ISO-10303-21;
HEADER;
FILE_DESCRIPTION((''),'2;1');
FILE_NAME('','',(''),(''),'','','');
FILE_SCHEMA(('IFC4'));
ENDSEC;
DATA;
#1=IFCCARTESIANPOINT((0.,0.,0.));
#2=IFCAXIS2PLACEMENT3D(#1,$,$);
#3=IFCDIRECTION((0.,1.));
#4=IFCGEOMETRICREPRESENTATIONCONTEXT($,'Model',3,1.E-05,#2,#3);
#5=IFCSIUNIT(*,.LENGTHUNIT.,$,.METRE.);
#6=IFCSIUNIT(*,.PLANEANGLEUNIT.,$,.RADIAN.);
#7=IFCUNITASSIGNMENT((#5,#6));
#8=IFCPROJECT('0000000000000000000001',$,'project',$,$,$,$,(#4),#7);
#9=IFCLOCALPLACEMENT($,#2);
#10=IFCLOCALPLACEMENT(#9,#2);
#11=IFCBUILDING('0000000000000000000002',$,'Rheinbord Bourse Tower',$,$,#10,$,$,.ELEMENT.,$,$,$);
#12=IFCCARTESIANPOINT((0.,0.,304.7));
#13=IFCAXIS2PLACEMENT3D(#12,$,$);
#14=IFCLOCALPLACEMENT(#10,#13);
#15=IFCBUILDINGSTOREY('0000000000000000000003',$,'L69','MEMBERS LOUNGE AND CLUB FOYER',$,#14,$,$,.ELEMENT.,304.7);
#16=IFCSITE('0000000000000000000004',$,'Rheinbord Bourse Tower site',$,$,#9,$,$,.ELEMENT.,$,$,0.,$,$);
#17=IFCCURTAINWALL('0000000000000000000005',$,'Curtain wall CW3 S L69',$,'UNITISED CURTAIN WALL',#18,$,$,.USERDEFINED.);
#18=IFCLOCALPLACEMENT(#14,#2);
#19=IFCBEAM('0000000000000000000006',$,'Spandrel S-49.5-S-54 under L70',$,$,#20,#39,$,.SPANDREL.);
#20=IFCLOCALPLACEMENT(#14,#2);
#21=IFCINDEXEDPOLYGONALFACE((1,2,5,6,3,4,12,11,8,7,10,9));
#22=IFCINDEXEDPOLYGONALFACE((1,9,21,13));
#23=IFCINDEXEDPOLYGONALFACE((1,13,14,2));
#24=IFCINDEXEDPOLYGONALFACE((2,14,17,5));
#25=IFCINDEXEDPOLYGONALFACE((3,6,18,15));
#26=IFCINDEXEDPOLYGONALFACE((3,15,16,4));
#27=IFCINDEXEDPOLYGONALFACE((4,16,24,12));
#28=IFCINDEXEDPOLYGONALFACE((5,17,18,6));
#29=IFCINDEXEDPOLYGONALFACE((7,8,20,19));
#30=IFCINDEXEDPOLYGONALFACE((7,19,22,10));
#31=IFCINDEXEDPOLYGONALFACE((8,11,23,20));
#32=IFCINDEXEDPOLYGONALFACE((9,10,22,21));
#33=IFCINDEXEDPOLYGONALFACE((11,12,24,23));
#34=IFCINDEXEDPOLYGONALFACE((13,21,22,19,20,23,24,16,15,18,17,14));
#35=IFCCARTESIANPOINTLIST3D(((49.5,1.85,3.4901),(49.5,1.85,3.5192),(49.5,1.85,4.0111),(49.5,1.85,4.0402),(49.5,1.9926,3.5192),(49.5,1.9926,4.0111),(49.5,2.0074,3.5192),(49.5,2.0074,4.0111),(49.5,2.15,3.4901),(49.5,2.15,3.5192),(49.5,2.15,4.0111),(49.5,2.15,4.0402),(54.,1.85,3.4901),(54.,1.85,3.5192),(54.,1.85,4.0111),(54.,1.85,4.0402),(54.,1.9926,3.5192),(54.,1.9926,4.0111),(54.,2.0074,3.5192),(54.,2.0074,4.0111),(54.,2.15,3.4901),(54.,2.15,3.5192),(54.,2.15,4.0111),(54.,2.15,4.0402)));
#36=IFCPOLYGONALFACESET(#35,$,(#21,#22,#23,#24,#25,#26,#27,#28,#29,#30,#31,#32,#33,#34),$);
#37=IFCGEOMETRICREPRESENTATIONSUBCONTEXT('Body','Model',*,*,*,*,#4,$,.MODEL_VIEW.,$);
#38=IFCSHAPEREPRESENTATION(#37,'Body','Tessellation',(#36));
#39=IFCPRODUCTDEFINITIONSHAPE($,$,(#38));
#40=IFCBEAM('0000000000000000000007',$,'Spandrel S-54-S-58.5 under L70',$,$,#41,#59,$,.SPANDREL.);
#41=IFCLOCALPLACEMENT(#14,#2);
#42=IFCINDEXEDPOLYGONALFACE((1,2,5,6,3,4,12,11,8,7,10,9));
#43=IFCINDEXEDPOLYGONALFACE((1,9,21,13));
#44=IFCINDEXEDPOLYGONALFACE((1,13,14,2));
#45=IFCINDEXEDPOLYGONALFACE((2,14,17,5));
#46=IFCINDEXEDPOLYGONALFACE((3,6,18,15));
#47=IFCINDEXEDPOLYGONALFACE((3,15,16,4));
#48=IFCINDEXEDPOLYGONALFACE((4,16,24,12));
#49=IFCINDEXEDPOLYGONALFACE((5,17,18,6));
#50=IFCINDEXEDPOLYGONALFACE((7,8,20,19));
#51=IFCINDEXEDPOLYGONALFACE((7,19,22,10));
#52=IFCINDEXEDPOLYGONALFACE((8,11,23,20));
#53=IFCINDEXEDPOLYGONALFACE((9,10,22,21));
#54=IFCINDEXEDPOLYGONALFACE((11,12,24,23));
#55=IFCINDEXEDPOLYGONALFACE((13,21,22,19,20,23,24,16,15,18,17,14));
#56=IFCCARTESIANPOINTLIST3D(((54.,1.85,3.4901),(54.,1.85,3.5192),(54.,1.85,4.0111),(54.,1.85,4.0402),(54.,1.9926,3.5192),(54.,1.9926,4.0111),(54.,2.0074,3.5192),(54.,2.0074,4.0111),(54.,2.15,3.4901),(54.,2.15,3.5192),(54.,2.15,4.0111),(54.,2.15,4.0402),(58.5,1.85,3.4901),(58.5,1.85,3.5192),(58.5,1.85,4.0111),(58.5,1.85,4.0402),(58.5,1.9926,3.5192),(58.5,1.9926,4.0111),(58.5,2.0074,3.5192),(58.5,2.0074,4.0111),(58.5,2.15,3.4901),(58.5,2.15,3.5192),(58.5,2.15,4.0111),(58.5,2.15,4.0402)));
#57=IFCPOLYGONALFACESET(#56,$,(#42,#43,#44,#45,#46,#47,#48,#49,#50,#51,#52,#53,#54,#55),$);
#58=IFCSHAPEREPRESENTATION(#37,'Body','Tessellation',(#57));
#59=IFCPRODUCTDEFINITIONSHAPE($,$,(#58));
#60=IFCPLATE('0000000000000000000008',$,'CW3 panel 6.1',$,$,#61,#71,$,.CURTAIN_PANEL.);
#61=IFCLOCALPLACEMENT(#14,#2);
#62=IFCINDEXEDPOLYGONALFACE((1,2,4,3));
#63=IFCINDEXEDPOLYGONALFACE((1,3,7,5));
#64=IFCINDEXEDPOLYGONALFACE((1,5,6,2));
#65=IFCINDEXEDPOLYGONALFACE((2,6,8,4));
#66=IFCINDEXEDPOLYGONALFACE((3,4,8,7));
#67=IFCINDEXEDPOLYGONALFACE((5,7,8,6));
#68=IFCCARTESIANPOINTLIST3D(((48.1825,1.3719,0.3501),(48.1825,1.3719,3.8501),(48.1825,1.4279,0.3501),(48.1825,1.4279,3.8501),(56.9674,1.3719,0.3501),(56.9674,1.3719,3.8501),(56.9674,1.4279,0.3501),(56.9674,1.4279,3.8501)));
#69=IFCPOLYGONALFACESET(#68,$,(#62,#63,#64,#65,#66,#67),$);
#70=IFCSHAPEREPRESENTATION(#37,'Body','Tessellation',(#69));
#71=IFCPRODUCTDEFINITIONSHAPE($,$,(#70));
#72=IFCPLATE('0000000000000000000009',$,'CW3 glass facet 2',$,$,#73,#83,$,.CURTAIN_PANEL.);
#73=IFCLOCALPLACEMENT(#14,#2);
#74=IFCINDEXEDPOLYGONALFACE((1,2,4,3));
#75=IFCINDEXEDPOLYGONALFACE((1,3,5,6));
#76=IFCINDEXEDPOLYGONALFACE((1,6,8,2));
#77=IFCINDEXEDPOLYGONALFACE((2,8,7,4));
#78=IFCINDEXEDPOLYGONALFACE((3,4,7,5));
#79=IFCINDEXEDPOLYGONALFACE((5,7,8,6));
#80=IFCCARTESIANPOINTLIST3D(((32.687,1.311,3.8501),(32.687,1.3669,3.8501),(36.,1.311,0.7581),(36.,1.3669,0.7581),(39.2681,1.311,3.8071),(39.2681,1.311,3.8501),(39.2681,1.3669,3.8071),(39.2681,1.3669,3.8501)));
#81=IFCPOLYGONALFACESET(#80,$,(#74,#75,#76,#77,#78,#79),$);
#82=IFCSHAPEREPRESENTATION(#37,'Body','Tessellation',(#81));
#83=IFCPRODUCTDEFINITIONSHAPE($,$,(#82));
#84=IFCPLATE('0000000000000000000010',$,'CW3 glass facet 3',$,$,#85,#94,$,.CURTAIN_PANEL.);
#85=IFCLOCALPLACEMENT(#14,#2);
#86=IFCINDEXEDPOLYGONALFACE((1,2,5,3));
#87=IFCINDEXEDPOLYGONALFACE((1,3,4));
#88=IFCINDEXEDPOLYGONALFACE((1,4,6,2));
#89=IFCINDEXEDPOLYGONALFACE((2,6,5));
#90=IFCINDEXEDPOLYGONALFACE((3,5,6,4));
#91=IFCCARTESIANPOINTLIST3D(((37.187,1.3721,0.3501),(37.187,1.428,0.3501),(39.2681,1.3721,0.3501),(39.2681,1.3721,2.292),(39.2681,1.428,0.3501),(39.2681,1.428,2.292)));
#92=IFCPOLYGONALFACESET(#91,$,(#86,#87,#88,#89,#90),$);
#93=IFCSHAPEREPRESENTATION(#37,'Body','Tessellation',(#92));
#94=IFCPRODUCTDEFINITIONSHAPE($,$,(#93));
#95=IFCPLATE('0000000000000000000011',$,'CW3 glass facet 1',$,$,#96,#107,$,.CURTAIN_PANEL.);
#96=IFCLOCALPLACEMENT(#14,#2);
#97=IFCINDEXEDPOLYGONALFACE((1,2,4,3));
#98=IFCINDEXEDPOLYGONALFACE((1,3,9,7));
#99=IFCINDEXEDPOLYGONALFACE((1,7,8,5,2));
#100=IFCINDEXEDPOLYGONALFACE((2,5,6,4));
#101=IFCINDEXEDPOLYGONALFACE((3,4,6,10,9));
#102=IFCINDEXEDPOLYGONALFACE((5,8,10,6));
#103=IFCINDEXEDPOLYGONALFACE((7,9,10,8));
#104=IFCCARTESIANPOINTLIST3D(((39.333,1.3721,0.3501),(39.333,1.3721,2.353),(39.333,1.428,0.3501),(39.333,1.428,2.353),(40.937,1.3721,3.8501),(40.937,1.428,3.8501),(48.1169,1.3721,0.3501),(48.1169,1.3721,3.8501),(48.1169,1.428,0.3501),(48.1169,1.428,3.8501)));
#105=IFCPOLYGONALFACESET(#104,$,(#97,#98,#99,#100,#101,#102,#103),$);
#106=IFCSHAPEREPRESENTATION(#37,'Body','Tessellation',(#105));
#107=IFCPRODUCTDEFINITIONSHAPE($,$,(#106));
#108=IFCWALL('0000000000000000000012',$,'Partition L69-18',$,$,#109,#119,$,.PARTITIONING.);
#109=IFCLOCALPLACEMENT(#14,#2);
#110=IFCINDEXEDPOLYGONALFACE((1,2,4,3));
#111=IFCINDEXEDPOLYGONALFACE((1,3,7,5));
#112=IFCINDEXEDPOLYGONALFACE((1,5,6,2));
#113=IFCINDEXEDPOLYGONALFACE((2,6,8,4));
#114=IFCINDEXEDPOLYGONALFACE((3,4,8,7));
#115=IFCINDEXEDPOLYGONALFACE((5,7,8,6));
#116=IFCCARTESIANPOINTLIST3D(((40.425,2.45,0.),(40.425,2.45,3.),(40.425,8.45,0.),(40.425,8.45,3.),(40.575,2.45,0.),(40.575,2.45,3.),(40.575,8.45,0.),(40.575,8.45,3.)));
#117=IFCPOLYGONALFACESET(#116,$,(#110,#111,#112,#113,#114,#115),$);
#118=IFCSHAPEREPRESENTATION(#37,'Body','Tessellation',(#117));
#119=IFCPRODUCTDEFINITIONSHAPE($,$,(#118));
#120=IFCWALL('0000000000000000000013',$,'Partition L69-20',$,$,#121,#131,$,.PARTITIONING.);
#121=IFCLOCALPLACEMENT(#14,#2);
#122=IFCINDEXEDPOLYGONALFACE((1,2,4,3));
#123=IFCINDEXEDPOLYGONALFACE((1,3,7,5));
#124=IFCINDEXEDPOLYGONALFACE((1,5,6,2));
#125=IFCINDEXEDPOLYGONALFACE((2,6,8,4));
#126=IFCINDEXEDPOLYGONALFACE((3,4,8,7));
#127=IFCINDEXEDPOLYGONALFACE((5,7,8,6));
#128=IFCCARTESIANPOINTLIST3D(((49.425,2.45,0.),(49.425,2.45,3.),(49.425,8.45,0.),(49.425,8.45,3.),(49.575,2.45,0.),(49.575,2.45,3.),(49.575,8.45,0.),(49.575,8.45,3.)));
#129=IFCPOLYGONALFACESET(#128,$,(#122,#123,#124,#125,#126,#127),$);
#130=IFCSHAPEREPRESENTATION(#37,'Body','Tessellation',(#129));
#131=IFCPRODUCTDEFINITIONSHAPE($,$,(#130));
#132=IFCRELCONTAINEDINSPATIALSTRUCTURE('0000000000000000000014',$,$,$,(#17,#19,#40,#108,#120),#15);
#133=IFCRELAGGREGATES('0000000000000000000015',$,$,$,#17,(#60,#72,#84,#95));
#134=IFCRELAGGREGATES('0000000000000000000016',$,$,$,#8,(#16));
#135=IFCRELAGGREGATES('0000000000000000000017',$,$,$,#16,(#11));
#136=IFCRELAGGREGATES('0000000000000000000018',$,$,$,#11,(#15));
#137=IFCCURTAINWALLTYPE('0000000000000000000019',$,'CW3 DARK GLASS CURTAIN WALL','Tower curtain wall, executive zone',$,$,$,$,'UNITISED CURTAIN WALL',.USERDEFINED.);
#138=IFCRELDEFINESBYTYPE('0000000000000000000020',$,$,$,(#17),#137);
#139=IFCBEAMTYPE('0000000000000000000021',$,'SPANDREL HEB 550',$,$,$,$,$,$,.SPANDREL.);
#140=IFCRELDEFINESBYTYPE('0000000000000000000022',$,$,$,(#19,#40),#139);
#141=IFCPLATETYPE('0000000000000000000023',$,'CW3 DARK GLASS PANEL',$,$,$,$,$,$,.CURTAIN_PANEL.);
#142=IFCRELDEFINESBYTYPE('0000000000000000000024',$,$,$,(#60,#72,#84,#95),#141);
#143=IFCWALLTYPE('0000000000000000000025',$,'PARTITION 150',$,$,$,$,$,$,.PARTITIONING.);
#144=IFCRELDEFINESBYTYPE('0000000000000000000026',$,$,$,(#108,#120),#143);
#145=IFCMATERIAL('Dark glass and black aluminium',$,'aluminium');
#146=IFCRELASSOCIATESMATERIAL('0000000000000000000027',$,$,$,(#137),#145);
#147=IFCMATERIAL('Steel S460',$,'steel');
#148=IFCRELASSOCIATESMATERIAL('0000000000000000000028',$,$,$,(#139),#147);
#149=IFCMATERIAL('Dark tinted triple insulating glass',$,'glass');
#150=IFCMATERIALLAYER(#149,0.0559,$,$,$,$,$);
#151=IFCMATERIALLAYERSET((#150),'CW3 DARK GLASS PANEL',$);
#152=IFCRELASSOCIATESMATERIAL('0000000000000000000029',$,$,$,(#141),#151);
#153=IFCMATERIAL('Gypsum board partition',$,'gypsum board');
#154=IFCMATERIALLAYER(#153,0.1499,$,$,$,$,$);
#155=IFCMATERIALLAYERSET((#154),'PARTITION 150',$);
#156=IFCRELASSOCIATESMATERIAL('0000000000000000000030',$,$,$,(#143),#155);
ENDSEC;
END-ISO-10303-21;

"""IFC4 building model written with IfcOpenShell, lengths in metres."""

from ifc_helpers import new_model, si_unit, direction, frame, frame_2d, origin, origin_2d, place, context, subcontext, project, spatial, polyline, rectangle, i_section, outline, extrude, material, layer, layer_set, material_profile, profile_set, type_object, element, aggregate, save


model = new_model("IFC4")

# Units and contexts
model_context = context("Model", 3, precision=1e-05, world=origin(), true_north=direction((0.0, 1.0)))
body_context = subcontext(model_context, "Body", "Model", "MODEL_VIEW")
ifc_project = project(units=[si_unit("LENGTHUNIT", "METRE"), si_unit("PLANEANGLEUNIT", "RADIAN")], contexts=[model_context])

# Site, building, storey
site_placement = place(None, origin())
site = spatial("IfcSite", under=ifc_project, at=site_placement, Name="Rheinbord Bourse Tower site", CompositionType="ELEMENT", RefElevation=0.0)
building_placement = place(site_placement, origin())
building = spatial("IfcBuilding", under=site, at=building_placement, Name="Rheinbord Bourse Tower", CompositionType="ELEMENT")
storey_placement = place(building_placement, frame((0.0, 0.0, 304.7)))
storey = spatial("IfcBuildingStorey", under=building, at=storey_placement, Name="L69", Description="MEMBERS LOUNGE AND CLUB FOYER", CompositionType="ELEMENT", Elevation=304.7)

# Curtain wall
ifc_material_1 = material(Name="Dark glass and black aluminium", Category="aluminium")
curtain_wall_type = type_object("IfcCurtainWallType", Name="CW3 DARK GLASS CURTAIN WALL", Description="Tower curtain wall, executive zone", ElementType="UNITISED CURTAIN WALL", PredefinedType="USERDEFINED", material=ifc_material_1)
curtain_wall_placement = place(storey_placement, origin())
curtain_wall = element("IfcCurtainWall", 1, at=curtain_wall_placement, inside=storey, type_object=curtain_wall_type, Name="Curtain wall CW3 S L69", ObjectType="UNITISED CURTAIN WALL", PredefinedType="USERDEFINED")

# Beams
ifc_material_2 = material(Name="Steel S460", Category="steel")
ifc_material_profile_1 = material_profile(ifc_material_2, i_section(OverallWidth=0.3, OverallDepth=0.55, WebThickness=0.0149, FlangeThickness=0.0291, at=origin_2d()), Name="HEB 550")
ifc_profile_set_1 = profile_set([ifc_material_profile_1], Name="Steel S460")
beam_type_1 = type_object("IfcBeamType", Name="SPANDREL HEB 550", PredefinedType="SPANDREL", material=ifc_profile_set_1)
for number, where, z_axis, x_axis, name in (
    (2, (49.5, 2.0, 3.7651), (1.0, 0.0, 0.0), (0.0, 1.0, 0.0), "Spandrel S-49.5-S-54 under L70"),
    (3, (54.0, 2.0, 3.7651), (1.0, 0.0, 0.0), (0.0, 1.0, 0.0), "Spandrel S-54-S-58.5 under L70"),
):
    element("IfcBeam", number, at=place(storey_placement, frame(where, z_axis=z_axis, x_axis=x_axis)), inside=storey, type_object=beam_type_1, Name=name, PredefinedType="SPANDREL", context=body_context, shape_type="SweptSolid", body=[
        extrude(i_section(OverallWidth=0.3, OverallDepth=0.55, WebThickness=0.0149, FlangeThickness=0.0291, at=origin_2d()), origin(), (0.0, 0.0, 1.0), 4.5),
    ])

# Plates
ifc_material_3 = material(Name="Dark tinted triple insulating glass", Category="glass")
ifc_layer_1 = layer(ifc_material_3, 0.0559)
ifc_layer_set_1 = layer_set([ifc_layer_1], Name="CW3 DARK GLASS PANEL")
plate_type = type_object("IfcPlateType", Name="CW3 DARK GLASS PANEL", PredefinedType="CURTAIN_PANEL", material=ifc_layer_set_1)
plate_1_placement = place(storey_placement, frame((52.575, 1.3999, 0.3501), z_axis=(0.0, 0.0, 1.0), x_axis=(1.0, 0.0, 0.0)))
plate_1 = element("IfcPlate", 4, at=plate_1_placement, type_object=plate_type, Name="CW3 panel 6.1", PredefinedType="CURTAIN_PANEL", context=body_context, shape_type="SweptSolid", body=[
    extrude(rectangle(XDim=8.7849, YDim=0.0559, at=origin_2d()), origin(), (0.0, 0.0, 1.0), 3.5),
])
plate_2_placement = place(storey_placement, frame((39.2681, 1.311, 3.8501), z_axis=(0.0, 1.0, 0.0), x_axis=(0.0, 0.0, -1.0)))
plate_2 = element("IfcPlate", 5, at=plate_2_placement, type_object=plate_type, Name="CW3 glass facet 2", PredefinedType="CURTAIN_PANEL", context=body_context, shape_type="SweptSolid", body=[
    extrude(outline(polyline([(0.0, 0.0), (0.043, 0.0), (3.092, 3.2681), (0.0, 6.5811), (0.0, 0.0)])), origin(), (0.0, 0.0, 1.0), 0.0559),
])
plate_3_placement = place(storey_placement, frame((39.2681, 1.3721, 0.3501), z_axis=(0.0, 1.0, 0.0), x_axis=(-1.0, 0.0, 0.0)))
plate_3 = element("IfcPlate", 6, at=plate_3_placement, type_object=plate_type, Name="CW3 glass facet 3", PredefinedType="CURTAIN_PANEL", context=body_context, shape_type="SweptSolid", body=[
    extrude(outline(polyline([(0.0, 0.0), (2.0811, 0.0), (0.0, 1.9419), (0.0, 0.0)])), origin(), (0.0, 0.0, 1.0), 0.0559),
])
plate_4_placement = place(storey_placement, frame((48.1169, 1.3721, 3.8501), z_axis=(0.0, 1.0, 0.0), x_axis=(0.0, 0.0, -1.0)))
plate_4 = element("IfcPlate", 7, at=plate_4_placement, type_object=plate_type, Name="CW3 glass facet 1", PredefinedType="CURTAIN_PANEL", context=body_context, shape_type="SweptSolid", body=[
    extrude(outline(polyline([(0.0, 0.0), (3.5, 0.0), (3.5, 8.7839), (1.4971, 8.7839), (0.0, 7.1799), (0.0, 0.0)])), origin(), (0.0, 0.0, 1.0), 0.0559),
])
aggregate(curtain_wall, [plate_1, plate_2, plate_3, plate_4])

# Walls
ifc_material_4 = material(Name="Gypsum board partition", Category="gypsum board")
ifc_layer_2 = layer(ifc_material_4, 0.1499)
ifc_layer_set_2 = layer_set([ifc_layer_2], Name="PARTITION 150")
wall_type = type_object("IfcWallType", Name="PARTITION 150", PredefinedType="PARTITIONING", material=ifc_layer_set_2)
for number, where, z_axis, x_axis, name in (
    (8, (40.5, 2.45, 0.0), (0.0, 0.0, 1.0), (0.0, 1.0, 0.0), "Partition L69-18"),
    (9, (49.5, 2.45, 0.0), (0.0, 0.0, 1.0), (0.0, 1.0, 0.0), "Partition L69-20"),
):
    element("IfcWall", number, at=place(storey_placement, frame(where, z_axis=z_axis, x_axis=x_axis)), inside=storey, type_object=wall_type, Name=name, PredefinedType="PARTITIONING", context=body_context, shape_type="SweptSolid", body=[
        extrude(rectangle(XDim=6.0, YDim=0.1499, at=frame_2d((3.0, 0.0))), origin(), (0.0, 0.0, 1.0), 3.0),
    ])

save(model, "model.ifc")
